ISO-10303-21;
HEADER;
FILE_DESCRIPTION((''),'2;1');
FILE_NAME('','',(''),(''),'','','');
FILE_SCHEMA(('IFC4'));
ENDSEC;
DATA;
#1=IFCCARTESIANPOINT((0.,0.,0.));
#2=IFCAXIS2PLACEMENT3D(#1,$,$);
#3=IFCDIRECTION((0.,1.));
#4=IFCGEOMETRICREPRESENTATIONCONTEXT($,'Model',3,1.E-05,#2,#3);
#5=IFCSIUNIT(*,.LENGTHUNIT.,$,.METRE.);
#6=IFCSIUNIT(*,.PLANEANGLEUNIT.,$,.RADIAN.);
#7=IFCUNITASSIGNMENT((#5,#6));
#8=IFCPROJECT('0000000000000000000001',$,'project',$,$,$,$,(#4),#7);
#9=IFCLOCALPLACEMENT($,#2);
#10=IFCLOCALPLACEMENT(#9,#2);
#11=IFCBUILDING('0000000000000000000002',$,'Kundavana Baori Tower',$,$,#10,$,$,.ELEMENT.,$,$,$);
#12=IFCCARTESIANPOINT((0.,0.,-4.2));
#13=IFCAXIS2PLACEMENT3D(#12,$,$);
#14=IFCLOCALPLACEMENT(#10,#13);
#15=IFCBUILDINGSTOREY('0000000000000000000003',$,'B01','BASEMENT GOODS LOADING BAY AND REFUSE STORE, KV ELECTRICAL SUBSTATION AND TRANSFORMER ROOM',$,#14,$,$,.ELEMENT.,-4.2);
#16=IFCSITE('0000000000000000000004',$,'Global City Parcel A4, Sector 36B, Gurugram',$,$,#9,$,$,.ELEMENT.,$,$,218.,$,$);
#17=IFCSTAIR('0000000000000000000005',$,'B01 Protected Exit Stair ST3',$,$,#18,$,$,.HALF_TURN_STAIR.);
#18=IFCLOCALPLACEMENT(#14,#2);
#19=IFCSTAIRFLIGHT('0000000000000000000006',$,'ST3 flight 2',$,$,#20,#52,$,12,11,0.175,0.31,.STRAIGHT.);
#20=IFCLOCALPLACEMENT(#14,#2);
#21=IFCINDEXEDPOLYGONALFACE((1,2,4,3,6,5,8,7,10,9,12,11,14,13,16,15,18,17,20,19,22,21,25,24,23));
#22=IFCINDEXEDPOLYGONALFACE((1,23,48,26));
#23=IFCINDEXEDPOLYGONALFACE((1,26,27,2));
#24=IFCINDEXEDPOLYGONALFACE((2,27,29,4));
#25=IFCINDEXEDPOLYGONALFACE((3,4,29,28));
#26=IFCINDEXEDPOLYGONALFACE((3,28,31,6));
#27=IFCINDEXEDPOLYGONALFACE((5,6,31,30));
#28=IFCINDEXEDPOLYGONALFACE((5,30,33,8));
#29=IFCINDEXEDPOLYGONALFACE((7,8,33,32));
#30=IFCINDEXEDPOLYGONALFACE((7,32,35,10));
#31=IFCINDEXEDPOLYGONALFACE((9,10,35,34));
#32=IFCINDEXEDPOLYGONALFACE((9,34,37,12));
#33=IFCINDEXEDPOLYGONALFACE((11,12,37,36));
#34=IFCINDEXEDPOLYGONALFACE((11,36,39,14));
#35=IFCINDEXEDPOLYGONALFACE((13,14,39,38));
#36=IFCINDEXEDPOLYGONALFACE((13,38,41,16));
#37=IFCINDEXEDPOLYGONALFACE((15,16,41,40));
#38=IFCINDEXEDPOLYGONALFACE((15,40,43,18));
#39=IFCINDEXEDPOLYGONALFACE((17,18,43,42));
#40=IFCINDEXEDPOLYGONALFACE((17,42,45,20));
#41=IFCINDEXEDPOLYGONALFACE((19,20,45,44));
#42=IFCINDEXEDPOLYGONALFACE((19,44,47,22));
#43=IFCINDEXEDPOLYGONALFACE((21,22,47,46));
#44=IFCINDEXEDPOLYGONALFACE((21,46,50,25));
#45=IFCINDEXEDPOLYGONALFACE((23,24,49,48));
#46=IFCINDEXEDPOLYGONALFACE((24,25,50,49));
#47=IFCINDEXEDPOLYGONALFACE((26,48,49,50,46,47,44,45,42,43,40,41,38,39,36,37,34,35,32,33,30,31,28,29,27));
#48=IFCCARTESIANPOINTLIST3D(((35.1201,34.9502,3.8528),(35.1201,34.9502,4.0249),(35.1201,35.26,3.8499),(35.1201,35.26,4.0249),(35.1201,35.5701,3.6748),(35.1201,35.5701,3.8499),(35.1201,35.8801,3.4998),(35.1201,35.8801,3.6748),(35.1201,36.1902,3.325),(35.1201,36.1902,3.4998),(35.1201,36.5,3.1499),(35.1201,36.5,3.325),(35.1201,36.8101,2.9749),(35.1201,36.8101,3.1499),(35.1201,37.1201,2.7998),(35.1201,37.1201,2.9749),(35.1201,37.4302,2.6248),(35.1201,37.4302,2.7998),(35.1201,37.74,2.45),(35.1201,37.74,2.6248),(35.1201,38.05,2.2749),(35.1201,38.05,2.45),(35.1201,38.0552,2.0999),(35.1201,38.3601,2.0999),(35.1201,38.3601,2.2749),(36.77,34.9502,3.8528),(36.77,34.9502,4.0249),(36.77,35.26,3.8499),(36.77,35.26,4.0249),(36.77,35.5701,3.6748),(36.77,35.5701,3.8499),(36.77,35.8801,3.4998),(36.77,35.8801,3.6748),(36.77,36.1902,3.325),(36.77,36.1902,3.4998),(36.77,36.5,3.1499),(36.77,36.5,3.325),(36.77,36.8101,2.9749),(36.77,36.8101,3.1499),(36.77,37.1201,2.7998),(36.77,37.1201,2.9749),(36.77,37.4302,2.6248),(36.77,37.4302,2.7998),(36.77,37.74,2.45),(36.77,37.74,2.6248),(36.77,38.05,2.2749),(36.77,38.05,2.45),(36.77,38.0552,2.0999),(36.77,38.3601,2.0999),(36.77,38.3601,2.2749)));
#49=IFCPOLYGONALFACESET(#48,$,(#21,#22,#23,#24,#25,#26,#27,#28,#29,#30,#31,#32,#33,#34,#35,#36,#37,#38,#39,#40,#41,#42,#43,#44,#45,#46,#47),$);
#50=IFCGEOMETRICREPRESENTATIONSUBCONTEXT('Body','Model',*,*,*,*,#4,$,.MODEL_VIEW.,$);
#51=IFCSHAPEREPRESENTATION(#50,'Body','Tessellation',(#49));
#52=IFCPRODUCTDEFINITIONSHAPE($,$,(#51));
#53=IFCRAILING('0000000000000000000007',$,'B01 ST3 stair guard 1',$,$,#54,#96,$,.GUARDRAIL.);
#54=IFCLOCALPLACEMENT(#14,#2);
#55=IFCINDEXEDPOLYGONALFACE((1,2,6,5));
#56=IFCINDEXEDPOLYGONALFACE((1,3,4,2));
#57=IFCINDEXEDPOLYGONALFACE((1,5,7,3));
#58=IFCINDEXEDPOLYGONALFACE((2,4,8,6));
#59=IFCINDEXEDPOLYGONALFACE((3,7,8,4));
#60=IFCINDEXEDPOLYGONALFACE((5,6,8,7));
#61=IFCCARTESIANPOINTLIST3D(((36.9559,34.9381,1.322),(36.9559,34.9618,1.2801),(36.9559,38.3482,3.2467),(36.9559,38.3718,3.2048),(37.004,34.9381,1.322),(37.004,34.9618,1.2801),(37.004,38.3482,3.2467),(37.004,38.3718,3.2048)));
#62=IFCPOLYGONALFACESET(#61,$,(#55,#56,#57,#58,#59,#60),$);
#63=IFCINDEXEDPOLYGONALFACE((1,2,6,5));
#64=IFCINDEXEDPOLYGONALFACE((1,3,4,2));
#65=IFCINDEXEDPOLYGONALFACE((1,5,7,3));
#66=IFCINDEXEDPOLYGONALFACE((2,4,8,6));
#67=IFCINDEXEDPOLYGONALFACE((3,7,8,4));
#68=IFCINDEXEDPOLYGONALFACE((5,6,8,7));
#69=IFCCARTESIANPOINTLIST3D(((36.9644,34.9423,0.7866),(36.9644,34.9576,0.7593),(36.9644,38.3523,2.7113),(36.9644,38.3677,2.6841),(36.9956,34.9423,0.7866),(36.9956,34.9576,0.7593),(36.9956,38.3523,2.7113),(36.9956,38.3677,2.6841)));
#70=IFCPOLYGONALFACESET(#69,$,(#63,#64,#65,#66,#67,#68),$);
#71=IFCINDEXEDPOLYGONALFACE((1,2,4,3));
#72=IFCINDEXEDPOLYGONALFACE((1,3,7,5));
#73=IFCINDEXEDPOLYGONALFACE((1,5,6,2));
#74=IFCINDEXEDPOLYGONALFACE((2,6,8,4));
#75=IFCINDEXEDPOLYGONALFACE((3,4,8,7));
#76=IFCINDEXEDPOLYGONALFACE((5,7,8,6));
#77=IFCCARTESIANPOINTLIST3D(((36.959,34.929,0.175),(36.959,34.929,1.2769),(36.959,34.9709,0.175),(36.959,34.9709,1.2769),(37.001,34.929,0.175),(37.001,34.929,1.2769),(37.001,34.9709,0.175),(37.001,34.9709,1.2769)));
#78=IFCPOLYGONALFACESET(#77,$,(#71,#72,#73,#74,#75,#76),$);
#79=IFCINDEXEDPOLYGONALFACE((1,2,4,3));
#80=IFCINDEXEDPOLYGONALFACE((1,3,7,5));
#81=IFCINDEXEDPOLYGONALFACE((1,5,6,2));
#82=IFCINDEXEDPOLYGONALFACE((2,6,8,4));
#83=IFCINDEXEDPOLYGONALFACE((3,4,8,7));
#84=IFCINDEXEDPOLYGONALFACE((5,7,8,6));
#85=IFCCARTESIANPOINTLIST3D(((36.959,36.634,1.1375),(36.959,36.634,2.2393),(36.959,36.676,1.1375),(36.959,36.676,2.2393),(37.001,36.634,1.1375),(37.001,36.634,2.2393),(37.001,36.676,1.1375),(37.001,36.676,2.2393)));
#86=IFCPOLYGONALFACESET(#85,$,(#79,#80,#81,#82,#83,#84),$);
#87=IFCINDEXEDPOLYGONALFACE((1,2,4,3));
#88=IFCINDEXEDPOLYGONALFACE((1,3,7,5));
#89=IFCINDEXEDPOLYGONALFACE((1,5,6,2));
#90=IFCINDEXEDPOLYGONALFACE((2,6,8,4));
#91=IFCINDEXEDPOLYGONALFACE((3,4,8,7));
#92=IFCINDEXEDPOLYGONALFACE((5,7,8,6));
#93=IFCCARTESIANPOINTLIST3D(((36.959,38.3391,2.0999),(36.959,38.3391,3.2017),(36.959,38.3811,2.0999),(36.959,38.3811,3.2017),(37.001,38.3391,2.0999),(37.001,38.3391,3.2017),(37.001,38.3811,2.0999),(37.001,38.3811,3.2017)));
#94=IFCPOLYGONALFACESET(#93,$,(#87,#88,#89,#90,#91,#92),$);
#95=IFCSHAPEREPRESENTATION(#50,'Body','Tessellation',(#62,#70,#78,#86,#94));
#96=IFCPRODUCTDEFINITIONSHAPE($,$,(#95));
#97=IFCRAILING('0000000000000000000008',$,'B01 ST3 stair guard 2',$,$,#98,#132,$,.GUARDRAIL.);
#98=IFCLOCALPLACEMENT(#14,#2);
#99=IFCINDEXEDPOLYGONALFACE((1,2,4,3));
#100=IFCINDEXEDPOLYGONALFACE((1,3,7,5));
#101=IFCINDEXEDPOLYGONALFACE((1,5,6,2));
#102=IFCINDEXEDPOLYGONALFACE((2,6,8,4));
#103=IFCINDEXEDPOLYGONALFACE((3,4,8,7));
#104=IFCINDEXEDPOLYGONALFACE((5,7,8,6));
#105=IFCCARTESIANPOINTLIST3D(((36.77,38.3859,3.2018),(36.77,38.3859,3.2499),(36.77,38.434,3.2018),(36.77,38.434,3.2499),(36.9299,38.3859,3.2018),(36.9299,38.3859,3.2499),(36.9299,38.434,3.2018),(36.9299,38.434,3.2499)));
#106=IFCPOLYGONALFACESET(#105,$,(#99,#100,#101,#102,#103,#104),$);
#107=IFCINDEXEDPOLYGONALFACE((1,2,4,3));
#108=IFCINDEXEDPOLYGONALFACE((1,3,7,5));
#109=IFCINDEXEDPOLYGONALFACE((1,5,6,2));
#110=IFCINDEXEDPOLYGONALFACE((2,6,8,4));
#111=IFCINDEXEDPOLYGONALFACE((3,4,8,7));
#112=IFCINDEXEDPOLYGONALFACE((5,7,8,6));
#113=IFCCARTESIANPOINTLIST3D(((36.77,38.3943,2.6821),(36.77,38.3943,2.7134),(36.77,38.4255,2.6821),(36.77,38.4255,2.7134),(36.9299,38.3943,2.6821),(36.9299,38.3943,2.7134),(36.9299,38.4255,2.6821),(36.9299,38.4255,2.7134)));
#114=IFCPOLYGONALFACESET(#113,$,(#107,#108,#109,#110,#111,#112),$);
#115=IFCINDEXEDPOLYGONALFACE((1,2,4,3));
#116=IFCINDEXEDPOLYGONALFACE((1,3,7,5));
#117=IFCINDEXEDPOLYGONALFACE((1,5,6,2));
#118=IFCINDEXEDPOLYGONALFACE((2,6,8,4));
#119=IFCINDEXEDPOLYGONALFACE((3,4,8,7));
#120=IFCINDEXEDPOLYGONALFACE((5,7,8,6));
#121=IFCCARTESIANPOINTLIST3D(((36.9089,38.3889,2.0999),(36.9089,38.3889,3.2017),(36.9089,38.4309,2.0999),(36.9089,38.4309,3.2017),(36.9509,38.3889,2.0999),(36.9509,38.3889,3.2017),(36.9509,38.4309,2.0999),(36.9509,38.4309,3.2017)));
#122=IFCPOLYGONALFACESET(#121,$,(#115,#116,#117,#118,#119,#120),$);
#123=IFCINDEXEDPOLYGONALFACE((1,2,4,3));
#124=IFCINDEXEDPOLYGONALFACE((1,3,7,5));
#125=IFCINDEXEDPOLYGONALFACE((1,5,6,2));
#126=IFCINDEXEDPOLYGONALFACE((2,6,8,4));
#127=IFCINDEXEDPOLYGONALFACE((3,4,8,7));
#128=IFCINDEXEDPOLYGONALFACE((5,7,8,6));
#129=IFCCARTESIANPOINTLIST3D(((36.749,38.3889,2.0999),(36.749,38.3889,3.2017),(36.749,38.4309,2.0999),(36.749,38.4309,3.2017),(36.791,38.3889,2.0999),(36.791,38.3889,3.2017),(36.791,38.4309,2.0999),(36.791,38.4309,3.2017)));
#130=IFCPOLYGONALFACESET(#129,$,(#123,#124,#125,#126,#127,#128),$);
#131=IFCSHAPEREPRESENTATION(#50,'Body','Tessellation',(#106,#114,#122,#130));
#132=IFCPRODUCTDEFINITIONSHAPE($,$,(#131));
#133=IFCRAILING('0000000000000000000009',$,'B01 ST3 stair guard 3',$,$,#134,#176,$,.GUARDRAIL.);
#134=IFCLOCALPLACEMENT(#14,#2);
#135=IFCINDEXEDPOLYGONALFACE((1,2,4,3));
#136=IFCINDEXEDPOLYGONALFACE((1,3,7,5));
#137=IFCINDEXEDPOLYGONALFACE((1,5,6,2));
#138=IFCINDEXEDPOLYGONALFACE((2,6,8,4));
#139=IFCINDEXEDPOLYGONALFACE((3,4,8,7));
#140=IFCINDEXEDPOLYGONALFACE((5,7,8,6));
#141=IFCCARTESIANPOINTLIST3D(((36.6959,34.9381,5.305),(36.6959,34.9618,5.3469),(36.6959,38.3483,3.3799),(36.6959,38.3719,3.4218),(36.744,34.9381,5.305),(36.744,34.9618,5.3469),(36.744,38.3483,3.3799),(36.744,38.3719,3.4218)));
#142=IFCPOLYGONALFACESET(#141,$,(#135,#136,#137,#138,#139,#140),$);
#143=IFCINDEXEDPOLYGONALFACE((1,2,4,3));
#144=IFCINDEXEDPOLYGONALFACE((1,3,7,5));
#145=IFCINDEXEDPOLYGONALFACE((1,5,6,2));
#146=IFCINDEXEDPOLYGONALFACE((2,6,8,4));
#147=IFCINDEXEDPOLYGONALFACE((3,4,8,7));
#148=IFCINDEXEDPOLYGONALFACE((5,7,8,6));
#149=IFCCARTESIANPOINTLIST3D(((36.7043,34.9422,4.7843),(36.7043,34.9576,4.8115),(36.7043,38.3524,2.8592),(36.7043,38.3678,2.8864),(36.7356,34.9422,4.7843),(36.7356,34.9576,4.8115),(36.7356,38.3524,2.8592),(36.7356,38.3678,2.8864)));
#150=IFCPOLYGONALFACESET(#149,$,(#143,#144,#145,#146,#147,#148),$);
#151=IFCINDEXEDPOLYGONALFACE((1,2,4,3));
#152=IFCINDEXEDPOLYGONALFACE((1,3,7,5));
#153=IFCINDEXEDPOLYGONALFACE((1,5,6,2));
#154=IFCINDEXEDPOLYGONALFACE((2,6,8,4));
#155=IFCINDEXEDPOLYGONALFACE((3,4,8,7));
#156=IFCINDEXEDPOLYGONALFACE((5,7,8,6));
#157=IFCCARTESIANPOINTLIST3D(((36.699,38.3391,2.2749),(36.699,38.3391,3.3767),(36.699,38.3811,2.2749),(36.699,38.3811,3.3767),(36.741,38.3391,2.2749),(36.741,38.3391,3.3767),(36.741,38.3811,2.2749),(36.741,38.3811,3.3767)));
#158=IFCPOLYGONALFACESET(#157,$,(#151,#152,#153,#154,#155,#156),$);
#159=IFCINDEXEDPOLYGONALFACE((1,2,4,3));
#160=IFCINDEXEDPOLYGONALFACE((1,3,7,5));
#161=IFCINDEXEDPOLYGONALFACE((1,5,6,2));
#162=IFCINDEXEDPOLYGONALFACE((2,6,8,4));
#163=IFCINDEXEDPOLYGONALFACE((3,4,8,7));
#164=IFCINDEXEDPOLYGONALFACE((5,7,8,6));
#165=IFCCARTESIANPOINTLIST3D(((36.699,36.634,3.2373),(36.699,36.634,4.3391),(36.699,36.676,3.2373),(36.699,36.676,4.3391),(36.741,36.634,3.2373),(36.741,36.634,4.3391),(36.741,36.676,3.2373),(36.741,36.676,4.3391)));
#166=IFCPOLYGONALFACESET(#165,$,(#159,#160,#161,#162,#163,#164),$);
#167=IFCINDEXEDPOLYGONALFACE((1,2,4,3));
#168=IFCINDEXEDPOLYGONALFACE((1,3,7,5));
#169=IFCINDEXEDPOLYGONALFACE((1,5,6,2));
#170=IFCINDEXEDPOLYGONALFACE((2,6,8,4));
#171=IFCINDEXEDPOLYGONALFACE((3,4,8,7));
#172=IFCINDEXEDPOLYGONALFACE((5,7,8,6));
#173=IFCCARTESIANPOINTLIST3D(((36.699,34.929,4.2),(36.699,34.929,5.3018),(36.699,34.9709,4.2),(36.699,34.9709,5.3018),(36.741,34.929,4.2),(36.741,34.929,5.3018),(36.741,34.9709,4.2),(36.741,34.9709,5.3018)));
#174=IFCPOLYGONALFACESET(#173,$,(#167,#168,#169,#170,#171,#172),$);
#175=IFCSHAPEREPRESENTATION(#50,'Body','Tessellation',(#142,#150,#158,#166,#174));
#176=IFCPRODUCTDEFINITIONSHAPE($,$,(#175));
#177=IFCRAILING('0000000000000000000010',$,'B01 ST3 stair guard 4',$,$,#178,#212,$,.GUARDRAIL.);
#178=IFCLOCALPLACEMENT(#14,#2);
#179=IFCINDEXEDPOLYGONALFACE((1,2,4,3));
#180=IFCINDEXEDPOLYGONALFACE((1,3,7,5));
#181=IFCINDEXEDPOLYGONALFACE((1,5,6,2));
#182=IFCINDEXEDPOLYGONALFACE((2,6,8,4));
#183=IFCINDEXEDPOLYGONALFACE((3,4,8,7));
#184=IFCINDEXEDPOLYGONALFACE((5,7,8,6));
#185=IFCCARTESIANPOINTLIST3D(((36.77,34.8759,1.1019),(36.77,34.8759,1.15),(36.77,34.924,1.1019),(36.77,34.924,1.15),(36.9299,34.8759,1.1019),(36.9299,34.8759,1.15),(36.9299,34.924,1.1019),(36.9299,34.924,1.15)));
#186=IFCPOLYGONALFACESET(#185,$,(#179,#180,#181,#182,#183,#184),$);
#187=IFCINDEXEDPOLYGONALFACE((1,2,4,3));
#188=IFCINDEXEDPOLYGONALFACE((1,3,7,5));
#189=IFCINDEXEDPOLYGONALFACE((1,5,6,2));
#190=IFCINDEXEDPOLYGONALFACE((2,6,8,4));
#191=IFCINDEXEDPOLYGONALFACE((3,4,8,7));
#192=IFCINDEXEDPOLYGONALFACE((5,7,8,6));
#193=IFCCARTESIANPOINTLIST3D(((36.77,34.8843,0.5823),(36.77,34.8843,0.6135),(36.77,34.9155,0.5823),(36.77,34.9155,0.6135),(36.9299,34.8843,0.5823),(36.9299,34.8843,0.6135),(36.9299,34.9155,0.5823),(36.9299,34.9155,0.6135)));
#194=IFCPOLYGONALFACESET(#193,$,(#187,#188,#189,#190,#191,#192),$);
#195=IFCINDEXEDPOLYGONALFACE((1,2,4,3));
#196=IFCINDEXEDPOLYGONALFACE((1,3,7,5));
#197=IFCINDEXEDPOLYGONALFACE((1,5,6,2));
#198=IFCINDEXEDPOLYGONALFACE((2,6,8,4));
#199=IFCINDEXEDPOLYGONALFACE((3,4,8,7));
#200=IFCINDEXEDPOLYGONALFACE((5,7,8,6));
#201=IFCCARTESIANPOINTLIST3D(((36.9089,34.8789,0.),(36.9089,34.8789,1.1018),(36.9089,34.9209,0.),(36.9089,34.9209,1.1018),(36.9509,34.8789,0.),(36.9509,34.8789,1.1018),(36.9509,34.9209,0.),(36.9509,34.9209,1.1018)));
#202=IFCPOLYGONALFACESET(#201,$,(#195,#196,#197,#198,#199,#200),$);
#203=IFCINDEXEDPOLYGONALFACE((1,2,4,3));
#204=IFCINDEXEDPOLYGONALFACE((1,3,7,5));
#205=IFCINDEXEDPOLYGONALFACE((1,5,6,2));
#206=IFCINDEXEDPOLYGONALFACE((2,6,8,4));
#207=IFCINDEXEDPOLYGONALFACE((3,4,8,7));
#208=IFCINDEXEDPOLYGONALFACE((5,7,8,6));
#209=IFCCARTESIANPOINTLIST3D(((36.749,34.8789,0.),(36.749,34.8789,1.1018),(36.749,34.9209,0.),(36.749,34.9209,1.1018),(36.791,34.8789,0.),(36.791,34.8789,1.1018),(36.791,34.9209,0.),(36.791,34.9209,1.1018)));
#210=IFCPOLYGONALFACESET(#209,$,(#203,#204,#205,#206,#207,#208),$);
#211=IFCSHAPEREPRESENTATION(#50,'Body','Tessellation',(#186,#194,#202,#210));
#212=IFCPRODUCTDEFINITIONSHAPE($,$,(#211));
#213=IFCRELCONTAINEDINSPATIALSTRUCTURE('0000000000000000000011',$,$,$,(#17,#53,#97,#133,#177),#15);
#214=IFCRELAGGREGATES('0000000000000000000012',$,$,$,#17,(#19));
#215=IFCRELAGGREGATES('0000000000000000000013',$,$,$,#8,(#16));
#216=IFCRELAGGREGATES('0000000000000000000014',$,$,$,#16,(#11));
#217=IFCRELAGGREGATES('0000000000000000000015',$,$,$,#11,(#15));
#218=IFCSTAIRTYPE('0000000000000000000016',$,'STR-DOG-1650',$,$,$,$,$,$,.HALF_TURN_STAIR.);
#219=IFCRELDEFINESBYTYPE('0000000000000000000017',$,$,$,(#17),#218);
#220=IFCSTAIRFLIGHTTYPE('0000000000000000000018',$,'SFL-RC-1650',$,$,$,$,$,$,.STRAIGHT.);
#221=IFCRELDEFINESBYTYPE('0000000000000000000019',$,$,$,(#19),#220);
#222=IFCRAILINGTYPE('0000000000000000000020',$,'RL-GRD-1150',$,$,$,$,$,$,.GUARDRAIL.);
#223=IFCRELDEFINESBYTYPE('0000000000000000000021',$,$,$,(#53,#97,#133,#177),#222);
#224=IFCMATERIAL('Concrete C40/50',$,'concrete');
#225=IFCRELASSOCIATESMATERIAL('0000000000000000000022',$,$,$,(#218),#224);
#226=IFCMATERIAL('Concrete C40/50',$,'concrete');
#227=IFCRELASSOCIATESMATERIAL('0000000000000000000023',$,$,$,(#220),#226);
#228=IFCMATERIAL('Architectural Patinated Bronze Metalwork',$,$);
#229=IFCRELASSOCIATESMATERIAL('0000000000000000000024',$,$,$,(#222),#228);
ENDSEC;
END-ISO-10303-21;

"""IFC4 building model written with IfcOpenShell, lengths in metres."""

from ifc_helpers import new_model, si_unit, direction, frame, origin, origin_2d, place, context, subcontext, project, spatial, polyline, rectangle, outline, extrude, material, type_object, element, aggregate, save


model = new_model("IFC4")

# Units and contexts
model_context = context("Model", 3, precision=1e-05, world=origin(), true_north=direction((0.0, 1.0)))
body_context = subcontext(model_context, "Body", "Model", "MODEL_VIEW")
ifc_project = project(units=[si_unit("LENGTHUNIT", "METRE"), si_unit("PLANEANGLEUNIT", "RADIAN")], contexts=[model_context])

# Site, building, storey
site_placement = place(None, origin())
site = spatial("IfcSite", under=ifc_project, at=site_placement, Name="Global City Parcel A4, Sector 36B, Gurugram", CompositionType="ELEMENT", RefElevation=218.0)
building_placement = place(site_placement, origin())
building = spatial("IfcBuilding", under=site, at=building_placement, Name="Kundavana Baori Tower", CompositionType="ELEMENT")
storey_placement = place(building_placement, frame((0.0, 0.0, -4.2)))
storey = spatial("IfcBuildingStorey", under=building, at=storey_placement, Name="B01", Description="BASEMENT GOODS LOADING BAY AND REFUSE STORE, KV ELECTRICAL SUBSTATION AND TRANSFORMER ROOM", CompositionType="ELEMENT", Elevation=-4.2)

# Stair, stair flight
ifc_material_1 = material(Name="Concrete C40/50", Category="concrete")
stair_type = type_object("IfcStairType", Name="STR-DOG-1650", PredefinedType="HALF_TURN_STAIR", material=ifc_material_1)
stair_placement = place(storey_placement, origin())
stair = element("IfcStair", 1, at=stair_placement, inside=storey, type_object=stair_type, Name="B01 Protected Exit Stair ST3", PredefinedType="HALF_TURN_STAIR")
ifc_material_2 = material(Name="Concrete C40/50", Category="concrete")
stair_flight_type = type_object("IfcStairFlightType", Name="SFL-RC-1650", PredefinedType="STRAIGHT", material=ifc_material_2)
stair_flight_1_placement = place(storey_placement, frame((35.9451, 38.3601, 2.0999), z_axis=(0.0, 0.0, 1.0), x_axis=(0.0, -1.0, 0.0)))
stair_flight_1 = element("IfcStairFlight", 2, at=stair_flight_1_placement, type_object=stair_flight_type, Name="ST3 flight 2", NumberOfRisers=12, NumberOfTreads=11, PredefinedType="STRAIGHT", RiserHeight=0.175, TreadLength=0.31, context=body_context, shape_type="SweptSolid", body=[
    extrude(outline(polyline([(0.0, 0.0), (0.0, 0.175), (0.3101, 0.175), (0.3101, 0.3501), (0.6201, 0.3501), (0.6201, 0.5249), (0.9299, 0.5249), (0.9299, 0.7), (1.24, 0.7), (1.24, 0.875), (1.55, 0.875), (1.55, 1.05), (1.8601, 1.05), (1.8601, 1.2251), (2.1699, 1.2251), (2.1699, 1.3999), (2.48, 1.3999), (2.48, 1.575), (2.79, 1.575), (2.79, 1.75), (3.1001, 1.75), (3.1001, 1.925), (3.4099, 1.925), (3.4099, 2.1001), (3.4099, 1.7529), (0.3049, 0.0), (0.0, 0.0)])), frame((0.0, 0.825, 0.0), z_axis=(0.0, -1.0, 0.0), x_axis=(1.0, 0.0, 0.0)), (0.0, 0.0, 1.0), 1.6499),
])
aggregate(stair, [stair_flight_1])

# Railings
ifc_material_3 = material(Name="Architectural Patinated Bronze Metalwork")
railing_type_1 = type_object("IfcRailingType", Name="RL-GRD-1150", PredefinedType="GUARDRAIL", material=ifc_material_3)
railing_1_placement = place(storey_placement, frame((36.98, 34.95, 0.175)))
element("IfcRailing", 3, at=railing_1_placement, inside=storey, type_object=railing_type_1, Name="B01 ST3 stair guard 1", PredefinedType="GUARDRAIL", context=body_context, shape_type="SweptSolid", body=[
    extrude(rectangle(XDim=0.0481, YDim=0.0481, at=origin_2d()), frame((0.0, 0.0, 1.126), z_axis=(0.0, 0.870855, 0.491539), x_axis=(-1.0, 0.0, 0.0)), (0.0, 0.0, 1.0), 3.9158),
    extrude(rectangle(XDim=0.0312, YDim=0.0312, at=origin_2d()), frame((0.0, 0.0, 0.5979), z_axis=(0.0, 0.870855, 0.491539), x_axis=(-1.0, 0.0, 0.0)), (0.0, 0.0, 1.0), 3.9158),
    extrude(rectangle(XDim=0.042, YDim=0.042, at=origin_2d()), origin(), (0.0, 0.0, 1.0), 1.1018),
    extrude(rectangle(XDim=0.042, YDim=0.042, at=origin_2d()), frame((0.0, 1.7051, 0.9624)), (0.0, 0.0, 1.0), 1.1018),
    extrude(rectangle(XDim=0.042, YDim=0.042, at=origin_2d()), frame((0.0, 3.4102, 1.9248)), (0.0, 0.0, 1.0), 1.1018),
])
railing_2_placement = place(storey_placement, frame((36.9299, 38.4099, 2.0999)))
element("IfcRailing", 4, at=railing_2_placement, inside=storey, type_object=railing_type_1, Name="B01 ST3 stair guard 2", PredefinedType="GUARDRAIL", context=body_context, shape_type="SweptSolid", body=[
    extrude(rectangle(XDim=0.0481, YDim=0.0481, at=origin_2d()), frame((0.0, 0.0, 1.126), z_axis=(-1.0, 0.0, 0.0), x_axis=(0.0, -1.0, 0.0)), (0.0, 0.0, 1.0), 0.1599),
    extrude(rectangle(XDim=0.0312, YDim=0.0312, at=origin_2d()), frame((0.0, 0.0, 0.5979), z_axis=(-1.0, 0.0, 0.0), x_axis=(0.0, -1.0, 0.0)), (0.0, 0.0, 1.0), 0.1599),
    extrude(rectangle(XDim=0.042, YDim=0.042, at=origin_2d()), origin(), (0.0, 0.0, 1.0), 1.1018),
    extrude(rectangle(XDim=0.042, YDim=0.042, at=origin_2d()), frame((-0.1599, 0.0, 0.0)), (0.0, 0.0, 1.0), 1.1018),
])
railing_3_placement = place(storey_placement, frame((36.72, 38.3601, 2.2749)))
element("IfcRailing", 5, at=railing_3_placement, inside=storey, type_object=railing_type_1, Name="B01 ST3 stair guard 3", PredefinedType="GUARDRAIL", context=body_context, shape_type="SweptSolid", body=[
    extrude(rectangle(XDim=0.0481, YDim=0.0481, at=origin_2d()), frame((0.0, 0.0, 1.126), z_axis=(0.0, -0.870829, 0.491587), x_axis=(1.0, 0.0, 0.0)), (0.0, 0.0, 1.0), 3.916),
    extrude(rectangle(XDim=0.0312, YDim=0.0312, at=origin_2d()), frame((0.0, 0.0, 0.5979), z_axis=(0.0, -0.870829, 0.491587), x_axis=(1.0, 0.0, 0.0)), (0.0, 0.0, 1.0), 3.916),
    extrude(rectangle(XDim=0.042, YDim=0.042, at=origin_2d()), origin(), (0.0, 0.0, 1.0), 1.1018),
    extrude(rectangle(XDim=0.042, YDim=0.042, at=origin_2d()), frame((0.0, -1.7051, 0.9624)), (0.0, 0.0, 1.0), 1.1018),
    extrude(rectangle(XDim=0.042, YDim=0.042, at=origin_2d()), frame((0.0, -3.4102, 1.925)), (0.0, 0.0, 1.0), 1.1018),
])
railing_4_placement = place(storey_placement, frame((36.9299, 34.8999, 0.0)))
element("IfcRailing", 6, at=railing_4_placement, inside=storey, type_object=railing_type_1, Name="B01 ST3 stair guard 4", PredefinedType="GUARDRAIL", context=body_context, shape_type="SweptSolid", body=[
    extrude(rectangle(XDim=0.0481, YDim=0.0481, at=origin_2d()), frame((0.0, 0.0, 1.126), z_axis=(-1.0, 0.0, 0.0), x_axis=(0.0, -1.0, 0.0)), (0.0, 0.0, 1.0), 0.1599),
    extrude(rectangle(XDim=0.0312, YDim=0.0312, at=origin_2d()), frame((0.0, 0.0, 0.5979), z_axis=(-1.0, 0.0, 0.0), x_axis=(0.0, -1.0, 0.0)), (0.0, 0.0, 1.0), 0.1599),
    extrude(rectangle(XDim=0.042, YDim=0.042, at=origin_2d()), origin(), (0.0, 0.0, 1.0), 1.1018),
    extrude(rectangle(XDim=0.042, YDim=0.042, at=origin_2d()), frame((-0.1599, 0.0, 0.0)), (0.0, 0.0, 1.0), 1.1018),
])

save(model, "model.ifc")
